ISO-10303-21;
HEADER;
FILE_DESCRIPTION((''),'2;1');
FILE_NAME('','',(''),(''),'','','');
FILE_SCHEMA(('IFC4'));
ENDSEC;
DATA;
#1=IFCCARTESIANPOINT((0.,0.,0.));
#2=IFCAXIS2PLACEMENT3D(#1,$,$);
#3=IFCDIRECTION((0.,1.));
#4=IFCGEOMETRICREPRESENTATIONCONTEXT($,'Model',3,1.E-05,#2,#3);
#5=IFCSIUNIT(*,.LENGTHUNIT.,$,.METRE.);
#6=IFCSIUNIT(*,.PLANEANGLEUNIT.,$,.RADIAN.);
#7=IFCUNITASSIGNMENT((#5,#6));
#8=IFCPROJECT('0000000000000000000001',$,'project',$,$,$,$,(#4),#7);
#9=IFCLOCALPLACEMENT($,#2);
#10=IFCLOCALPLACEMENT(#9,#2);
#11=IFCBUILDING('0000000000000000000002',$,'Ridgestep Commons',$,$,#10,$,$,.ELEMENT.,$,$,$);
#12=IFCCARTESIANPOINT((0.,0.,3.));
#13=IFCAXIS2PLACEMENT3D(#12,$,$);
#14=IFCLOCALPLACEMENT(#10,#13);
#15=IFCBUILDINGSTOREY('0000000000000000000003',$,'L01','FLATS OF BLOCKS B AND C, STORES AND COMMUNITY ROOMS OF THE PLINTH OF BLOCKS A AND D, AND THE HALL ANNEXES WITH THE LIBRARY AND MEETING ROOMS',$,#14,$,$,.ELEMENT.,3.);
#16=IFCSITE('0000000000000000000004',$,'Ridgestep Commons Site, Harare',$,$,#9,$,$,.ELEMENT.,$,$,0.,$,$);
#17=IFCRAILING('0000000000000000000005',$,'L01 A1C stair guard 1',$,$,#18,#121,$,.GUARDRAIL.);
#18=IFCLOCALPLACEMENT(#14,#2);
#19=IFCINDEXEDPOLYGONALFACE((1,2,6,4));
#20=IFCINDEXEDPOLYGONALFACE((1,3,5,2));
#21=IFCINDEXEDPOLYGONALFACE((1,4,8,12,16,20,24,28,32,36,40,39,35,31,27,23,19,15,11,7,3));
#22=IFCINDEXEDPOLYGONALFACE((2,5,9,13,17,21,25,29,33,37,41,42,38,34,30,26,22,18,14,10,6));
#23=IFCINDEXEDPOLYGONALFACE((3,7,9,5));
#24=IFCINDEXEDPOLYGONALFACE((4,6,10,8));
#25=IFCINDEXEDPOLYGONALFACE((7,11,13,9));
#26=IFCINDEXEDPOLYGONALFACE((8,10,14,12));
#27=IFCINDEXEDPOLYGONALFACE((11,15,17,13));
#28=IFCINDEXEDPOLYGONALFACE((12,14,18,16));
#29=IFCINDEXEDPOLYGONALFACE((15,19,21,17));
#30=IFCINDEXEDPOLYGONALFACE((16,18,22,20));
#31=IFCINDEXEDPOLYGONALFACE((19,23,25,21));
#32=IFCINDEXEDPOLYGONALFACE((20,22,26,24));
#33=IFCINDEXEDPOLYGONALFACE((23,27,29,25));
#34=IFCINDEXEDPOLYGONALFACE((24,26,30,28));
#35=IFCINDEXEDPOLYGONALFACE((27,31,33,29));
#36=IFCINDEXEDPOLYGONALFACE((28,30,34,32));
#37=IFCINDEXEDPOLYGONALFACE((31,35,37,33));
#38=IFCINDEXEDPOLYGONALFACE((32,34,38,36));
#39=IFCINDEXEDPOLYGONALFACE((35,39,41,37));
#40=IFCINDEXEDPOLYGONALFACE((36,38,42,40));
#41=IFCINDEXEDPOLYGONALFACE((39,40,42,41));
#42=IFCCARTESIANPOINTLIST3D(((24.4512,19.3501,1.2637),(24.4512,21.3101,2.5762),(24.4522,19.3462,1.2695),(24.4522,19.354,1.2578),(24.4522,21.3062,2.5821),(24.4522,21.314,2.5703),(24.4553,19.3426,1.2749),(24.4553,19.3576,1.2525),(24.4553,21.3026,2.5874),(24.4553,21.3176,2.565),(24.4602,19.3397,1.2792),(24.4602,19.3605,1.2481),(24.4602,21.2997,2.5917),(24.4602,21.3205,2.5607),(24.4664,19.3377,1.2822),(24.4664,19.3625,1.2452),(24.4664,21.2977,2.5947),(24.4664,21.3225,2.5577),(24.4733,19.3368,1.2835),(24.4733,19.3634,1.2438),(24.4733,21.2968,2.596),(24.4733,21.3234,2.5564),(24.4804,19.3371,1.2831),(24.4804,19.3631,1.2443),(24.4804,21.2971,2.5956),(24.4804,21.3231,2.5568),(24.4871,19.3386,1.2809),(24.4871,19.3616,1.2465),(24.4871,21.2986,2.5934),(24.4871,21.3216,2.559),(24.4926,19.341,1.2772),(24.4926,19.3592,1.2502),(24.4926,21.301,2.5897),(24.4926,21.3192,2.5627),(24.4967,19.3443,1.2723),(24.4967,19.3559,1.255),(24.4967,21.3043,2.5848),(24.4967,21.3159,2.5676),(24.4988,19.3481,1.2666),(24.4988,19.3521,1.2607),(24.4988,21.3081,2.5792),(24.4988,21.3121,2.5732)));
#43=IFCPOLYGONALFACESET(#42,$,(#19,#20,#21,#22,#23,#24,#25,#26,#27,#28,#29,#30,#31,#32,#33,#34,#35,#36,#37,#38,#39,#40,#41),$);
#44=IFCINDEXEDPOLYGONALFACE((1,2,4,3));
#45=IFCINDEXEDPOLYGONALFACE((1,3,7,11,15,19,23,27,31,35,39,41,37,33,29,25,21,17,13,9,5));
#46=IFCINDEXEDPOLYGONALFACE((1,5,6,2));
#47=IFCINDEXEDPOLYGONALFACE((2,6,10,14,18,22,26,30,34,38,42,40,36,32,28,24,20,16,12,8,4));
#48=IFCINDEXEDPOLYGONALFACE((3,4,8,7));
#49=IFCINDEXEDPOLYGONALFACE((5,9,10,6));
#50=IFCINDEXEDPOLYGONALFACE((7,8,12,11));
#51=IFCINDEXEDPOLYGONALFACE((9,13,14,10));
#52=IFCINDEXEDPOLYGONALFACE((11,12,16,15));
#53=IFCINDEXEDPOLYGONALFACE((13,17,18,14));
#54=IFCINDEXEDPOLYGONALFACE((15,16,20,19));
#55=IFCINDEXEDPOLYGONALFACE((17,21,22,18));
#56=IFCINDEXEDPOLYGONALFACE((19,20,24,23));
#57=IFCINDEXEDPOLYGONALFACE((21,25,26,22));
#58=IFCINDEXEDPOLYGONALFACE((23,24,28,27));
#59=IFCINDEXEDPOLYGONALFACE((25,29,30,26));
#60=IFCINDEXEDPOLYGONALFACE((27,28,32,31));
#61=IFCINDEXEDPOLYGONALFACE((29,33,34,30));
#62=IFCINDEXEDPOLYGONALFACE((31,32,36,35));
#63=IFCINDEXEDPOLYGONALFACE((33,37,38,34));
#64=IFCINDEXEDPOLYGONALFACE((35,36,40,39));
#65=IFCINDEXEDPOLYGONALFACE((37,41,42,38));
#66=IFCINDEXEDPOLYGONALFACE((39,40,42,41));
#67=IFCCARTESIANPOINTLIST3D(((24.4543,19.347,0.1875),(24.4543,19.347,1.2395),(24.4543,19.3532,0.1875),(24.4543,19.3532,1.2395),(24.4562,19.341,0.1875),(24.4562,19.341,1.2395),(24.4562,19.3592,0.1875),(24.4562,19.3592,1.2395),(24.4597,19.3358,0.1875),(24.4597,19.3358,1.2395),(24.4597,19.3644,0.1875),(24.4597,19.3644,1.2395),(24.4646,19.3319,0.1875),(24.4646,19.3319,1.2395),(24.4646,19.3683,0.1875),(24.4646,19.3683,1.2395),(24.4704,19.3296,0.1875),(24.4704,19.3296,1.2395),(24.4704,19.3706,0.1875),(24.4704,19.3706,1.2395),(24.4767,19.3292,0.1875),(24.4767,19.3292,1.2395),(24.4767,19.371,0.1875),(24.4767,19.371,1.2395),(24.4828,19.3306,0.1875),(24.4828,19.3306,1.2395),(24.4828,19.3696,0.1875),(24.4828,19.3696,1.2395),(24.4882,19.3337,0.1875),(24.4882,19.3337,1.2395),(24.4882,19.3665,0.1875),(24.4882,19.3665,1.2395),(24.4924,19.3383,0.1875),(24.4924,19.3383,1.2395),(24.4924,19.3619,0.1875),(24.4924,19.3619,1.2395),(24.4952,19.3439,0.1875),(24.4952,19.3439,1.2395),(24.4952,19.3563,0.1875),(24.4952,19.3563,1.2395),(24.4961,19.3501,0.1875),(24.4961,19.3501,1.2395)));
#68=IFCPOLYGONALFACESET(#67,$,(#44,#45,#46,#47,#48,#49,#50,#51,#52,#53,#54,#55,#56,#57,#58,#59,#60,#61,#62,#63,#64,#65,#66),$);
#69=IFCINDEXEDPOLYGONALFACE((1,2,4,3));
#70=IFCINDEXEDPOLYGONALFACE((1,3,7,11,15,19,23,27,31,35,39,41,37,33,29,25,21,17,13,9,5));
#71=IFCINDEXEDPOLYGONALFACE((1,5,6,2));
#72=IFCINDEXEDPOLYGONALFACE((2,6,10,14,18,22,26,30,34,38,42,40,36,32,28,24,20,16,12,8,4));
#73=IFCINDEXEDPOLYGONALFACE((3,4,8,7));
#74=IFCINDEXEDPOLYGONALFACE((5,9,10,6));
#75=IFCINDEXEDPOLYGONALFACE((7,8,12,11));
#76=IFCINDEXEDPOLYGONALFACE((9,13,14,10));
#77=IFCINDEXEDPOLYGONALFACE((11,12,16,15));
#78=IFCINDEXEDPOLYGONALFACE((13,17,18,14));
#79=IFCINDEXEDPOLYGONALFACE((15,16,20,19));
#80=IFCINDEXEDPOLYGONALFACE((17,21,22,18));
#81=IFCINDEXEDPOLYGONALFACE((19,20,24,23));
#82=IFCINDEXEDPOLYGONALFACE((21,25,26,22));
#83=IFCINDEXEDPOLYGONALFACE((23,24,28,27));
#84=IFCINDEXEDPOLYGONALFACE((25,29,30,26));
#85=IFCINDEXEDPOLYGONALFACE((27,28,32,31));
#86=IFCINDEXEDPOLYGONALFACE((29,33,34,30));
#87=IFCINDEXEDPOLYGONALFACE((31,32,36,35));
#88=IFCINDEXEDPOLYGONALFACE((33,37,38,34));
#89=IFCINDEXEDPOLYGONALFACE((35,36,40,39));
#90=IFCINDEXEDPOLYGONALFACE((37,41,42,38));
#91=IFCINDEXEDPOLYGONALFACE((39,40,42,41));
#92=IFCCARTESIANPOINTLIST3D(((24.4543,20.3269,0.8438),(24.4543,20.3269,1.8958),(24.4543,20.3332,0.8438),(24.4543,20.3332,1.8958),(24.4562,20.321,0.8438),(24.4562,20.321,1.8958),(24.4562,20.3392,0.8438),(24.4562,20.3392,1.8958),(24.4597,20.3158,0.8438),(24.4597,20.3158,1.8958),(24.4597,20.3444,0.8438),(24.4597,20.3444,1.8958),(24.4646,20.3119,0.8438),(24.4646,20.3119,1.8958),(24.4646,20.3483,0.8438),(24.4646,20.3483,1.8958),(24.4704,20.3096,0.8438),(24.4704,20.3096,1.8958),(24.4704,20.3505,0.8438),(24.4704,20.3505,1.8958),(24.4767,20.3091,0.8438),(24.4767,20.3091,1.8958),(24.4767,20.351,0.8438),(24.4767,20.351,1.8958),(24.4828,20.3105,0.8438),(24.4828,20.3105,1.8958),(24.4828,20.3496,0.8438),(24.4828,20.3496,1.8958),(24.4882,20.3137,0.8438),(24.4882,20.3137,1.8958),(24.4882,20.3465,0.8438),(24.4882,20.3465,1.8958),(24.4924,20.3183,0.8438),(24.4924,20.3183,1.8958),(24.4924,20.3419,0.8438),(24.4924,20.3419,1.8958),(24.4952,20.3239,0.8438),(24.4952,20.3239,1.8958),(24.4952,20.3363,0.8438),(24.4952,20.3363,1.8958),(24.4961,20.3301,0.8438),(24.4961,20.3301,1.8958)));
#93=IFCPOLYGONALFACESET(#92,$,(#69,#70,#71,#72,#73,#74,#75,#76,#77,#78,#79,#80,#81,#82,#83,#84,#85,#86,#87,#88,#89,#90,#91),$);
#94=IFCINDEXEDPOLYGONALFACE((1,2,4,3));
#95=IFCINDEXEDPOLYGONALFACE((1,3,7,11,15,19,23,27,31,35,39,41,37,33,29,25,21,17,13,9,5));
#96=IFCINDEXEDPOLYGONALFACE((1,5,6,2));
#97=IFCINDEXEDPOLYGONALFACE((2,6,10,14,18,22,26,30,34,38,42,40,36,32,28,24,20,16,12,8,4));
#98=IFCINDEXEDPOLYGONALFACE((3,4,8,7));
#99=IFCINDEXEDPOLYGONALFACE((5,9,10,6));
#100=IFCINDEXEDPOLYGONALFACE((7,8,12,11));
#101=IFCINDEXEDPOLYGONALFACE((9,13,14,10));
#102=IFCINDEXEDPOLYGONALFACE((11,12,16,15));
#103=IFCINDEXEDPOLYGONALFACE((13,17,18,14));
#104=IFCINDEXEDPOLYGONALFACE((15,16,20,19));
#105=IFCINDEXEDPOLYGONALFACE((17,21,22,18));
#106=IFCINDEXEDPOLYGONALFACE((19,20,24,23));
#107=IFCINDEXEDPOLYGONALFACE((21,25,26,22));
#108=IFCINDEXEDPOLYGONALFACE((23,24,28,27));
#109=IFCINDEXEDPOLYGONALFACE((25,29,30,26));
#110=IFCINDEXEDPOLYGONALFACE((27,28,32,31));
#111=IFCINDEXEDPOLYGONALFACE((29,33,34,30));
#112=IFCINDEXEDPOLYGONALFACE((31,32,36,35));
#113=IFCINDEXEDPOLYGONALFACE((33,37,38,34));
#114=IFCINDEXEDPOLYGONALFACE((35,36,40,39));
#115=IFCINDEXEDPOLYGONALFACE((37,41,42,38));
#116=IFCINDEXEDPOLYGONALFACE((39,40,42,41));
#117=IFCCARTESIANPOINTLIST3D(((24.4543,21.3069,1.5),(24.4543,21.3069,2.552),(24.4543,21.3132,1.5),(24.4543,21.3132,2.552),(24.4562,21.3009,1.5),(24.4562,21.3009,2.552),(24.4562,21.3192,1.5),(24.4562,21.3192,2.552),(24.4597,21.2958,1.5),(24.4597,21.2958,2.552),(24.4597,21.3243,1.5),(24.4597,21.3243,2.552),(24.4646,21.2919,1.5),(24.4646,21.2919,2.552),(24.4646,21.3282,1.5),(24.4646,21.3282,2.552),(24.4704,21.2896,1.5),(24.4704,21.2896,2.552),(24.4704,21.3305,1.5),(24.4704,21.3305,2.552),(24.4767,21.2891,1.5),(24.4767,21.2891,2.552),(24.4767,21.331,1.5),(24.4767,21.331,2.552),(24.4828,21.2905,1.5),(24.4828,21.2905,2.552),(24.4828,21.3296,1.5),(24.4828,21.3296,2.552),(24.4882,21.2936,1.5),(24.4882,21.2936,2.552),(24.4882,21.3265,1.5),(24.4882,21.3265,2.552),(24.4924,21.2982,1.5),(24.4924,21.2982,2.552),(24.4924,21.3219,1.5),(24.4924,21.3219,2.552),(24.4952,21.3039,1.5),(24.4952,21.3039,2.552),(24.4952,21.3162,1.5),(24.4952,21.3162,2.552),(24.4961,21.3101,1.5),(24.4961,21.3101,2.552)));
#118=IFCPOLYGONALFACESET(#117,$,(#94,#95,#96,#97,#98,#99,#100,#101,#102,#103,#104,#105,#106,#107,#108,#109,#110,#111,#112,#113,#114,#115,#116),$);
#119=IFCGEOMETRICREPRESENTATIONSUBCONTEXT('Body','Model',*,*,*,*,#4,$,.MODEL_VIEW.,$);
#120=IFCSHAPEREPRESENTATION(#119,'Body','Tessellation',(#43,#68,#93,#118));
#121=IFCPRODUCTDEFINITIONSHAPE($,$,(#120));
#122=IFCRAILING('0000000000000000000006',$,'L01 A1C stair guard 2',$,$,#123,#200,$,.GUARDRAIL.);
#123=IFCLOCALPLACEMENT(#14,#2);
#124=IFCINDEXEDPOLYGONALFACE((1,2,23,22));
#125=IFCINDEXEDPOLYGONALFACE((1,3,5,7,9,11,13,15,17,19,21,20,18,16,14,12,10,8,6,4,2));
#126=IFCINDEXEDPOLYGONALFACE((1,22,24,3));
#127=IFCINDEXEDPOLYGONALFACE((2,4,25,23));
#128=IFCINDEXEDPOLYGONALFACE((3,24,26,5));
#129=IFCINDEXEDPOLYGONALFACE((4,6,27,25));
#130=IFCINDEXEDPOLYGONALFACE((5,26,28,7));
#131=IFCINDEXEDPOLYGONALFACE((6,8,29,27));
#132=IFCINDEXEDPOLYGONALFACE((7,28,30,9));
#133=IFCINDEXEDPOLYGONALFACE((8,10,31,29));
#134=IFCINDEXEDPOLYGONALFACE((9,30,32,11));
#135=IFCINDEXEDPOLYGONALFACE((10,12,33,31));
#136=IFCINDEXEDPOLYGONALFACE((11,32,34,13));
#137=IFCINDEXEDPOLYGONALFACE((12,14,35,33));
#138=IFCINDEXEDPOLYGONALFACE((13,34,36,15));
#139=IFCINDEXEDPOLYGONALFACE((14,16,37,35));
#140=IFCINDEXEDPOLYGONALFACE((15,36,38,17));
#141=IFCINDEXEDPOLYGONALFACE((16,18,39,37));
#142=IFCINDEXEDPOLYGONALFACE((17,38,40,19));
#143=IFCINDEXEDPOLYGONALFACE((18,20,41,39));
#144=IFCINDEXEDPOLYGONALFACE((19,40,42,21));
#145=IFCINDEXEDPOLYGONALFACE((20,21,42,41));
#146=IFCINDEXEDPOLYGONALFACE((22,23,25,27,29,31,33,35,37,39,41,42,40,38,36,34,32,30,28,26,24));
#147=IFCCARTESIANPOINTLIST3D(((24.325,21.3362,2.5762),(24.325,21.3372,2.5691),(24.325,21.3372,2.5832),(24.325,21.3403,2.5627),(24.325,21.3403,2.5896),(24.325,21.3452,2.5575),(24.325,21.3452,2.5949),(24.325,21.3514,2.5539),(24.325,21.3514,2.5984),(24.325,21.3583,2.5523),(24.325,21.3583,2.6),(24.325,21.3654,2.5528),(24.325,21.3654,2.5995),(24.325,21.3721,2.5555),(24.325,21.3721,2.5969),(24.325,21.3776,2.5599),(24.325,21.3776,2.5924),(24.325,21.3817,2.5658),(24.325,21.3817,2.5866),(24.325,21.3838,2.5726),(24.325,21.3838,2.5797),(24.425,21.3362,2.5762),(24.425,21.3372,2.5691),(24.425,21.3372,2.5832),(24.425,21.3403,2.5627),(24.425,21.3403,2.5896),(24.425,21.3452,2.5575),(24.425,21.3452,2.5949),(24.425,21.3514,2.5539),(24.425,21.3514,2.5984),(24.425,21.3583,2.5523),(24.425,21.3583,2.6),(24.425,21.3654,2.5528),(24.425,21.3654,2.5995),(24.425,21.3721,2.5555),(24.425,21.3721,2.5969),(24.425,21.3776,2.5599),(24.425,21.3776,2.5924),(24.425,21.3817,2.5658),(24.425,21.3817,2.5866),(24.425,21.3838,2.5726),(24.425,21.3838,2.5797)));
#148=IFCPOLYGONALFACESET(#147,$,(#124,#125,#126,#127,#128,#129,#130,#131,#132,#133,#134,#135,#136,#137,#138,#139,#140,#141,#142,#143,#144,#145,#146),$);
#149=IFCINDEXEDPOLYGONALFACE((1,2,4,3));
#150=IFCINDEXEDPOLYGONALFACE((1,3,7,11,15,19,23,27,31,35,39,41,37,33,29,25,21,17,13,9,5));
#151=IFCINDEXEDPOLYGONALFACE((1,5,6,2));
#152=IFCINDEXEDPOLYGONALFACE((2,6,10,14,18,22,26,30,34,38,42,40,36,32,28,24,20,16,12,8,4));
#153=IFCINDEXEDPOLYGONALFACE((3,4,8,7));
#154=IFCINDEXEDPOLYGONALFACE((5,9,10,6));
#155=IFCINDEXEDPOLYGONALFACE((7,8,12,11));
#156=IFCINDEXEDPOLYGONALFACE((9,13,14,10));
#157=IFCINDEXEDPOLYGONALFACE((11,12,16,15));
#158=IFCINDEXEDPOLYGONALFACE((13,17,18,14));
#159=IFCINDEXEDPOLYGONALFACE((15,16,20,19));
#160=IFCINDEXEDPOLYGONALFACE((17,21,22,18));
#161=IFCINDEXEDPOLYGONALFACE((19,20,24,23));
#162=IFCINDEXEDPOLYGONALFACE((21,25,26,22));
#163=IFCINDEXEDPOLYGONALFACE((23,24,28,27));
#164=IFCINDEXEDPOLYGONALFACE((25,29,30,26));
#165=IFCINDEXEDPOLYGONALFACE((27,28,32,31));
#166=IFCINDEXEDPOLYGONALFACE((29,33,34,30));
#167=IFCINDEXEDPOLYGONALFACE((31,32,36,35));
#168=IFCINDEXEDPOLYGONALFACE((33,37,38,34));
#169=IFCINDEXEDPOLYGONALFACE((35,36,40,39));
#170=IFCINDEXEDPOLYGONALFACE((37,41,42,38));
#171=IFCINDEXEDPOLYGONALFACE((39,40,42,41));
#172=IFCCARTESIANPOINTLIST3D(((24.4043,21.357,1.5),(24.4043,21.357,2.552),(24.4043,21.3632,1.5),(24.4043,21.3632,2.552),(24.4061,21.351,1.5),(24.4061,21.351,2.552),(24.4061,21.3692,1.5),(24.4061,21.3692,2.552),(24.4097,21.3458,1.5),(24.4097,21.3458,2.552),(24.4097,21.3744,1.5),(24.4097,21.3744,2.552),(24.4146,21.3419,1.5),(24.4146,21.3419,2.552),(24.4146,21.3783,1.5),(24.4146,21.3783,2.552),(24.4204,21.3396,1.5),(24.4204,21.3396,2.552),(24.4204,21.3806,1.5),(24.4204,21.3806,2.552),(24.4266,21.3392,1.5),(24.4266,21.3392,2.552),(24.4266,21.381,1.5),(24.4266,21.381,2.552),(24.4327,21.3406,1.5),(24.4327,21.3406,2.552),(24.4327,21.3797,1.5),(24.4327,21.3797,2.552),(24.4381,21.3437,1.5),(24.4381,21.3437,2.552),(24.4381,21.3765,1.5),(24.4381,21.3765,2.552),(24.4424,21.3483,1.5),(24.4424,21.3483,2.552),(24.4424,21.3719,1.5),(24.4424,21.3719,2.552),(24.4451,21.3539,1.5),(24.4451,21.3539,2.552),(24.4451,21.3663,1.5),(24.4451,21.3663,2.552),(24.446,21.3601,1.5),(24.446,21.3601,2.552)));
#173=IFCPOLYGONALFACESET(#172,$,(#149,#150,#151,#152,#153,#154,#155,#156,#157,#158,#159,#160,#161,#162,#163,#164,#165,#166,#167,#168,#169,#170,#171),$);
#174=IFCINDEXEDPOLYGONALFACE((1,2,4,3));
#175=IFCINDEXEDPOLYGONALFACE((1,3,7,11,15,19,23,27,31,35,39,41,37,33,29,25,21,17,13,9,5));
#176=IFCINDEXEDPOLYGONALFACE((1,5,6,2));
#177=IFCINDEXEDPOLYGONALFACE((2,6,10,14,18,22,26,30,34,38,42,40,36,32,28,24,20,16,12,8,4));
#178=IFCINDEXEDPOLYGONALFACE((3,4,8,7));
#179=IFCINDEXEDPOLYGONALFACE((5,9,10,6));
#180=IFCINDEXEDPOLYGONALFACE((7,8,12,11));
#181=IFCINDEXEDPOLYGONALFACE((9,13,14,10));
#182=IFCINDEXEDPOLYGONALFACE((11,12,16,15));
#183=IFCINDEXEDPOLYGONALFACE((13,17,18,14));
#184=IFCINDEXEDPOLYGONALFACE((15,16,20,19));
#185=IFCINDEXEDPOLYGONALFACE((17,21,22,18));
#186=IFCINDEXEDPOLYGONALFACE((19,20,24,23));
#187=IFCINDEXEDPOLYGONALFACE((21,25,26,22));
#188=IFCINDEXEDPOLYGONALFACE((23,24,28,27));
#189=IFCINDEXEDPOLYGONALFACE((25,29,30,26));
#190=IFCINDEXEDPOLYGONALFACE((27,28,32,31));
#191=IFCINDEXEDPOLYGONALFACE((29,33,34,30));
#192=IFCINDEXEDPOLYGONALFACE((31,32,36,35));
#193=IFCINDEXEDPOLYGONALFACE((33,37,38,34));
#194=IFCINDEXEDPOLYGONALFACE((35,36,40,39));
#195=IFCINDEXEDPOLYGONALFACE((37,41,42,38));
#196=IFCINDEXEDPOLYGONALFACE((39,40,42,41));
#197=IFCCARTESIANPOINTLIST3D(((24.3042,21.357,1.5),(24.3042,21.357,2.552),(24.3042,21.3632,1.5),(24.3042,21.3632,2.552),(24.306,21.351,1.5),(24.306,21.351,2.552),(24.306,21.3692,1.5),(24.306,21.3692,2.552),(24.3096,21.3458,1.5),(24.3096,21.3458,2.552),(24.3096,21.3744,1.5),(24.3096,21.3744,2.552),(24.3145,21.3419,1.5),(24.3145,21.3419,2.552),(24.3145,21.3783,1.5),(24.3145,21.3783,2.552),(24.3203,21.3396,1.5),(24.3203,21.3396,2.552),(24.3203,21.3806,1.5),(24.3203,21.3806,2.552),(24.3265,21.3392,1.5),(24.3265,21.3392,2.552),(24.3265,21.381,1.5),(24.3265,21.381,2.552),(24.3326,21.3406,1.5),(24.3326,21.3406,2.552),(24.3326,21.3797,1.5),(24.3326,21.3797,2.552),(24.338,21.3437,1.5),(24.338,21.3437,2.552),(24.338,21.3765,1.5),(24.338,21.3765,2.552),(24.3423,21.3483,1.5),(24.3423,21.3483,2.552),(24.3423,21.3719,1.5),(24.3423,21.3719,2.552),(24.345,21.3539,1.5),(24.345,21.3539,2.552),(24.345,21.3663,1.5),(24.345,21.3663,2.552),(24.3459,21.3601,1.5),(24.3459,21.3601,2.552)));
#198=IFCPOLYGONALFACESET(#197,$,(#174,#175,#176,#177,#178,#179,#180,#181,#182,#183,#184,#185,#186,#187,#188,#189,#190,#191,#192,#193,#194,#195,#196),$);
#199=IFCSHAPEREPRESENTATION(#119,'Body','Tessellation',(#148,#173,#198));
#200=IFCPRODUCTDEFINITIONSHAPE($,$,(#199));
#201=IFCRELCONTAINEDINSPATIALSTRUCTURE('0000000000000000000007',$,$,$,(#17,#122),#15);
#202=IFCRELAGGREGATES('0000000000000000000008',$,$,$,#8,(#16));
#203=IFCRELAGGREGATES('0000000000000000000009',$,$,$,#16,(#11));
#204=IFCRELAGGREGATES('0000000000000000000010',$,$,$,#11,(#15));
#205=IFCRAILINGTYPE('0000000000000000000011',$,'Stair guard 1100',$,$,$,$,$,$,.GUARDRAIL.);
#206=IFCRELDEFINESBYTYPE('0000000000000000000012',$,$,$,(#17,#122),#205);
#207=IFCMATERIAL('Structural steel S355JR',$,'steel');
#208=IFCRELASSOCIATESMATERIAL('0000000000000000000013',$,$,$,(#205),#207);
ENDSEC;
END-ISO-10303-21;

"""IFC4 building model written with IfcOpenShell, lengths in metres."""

from ifc_helpers import new_model, si_unit, direction, frame, origin, origin_2d, place, context, subcontext, project, spatial, circle, extrude, material, type_object, element, save


model = new_model("IFC4")

# Units and contexts
model_context = context("Model", 3, precision=1e-05, world=origin(), true_north=direction((0.0, 1.0)))
body_context = subcontext(model_context, "Body", "Model", "MODEL_VIEW")
ifc_project = project(units=[si_unit("LENGTHUNIT", "METRE"), si_unit("PLANEANGLEUNIT", "RADIAN")], contexts=[model_context])

# Site, building, storey
site_placement = place(None, origin())
site = spatial("IfcSite", under=ifc_project, at=site_placement, Name="Ridgestep Commons Site, Harare", CompositionType="ELEMENT", RefElevation=0.0)
building_placement = place(site_placement, origin())
building = spatial("IfcBuilding", under=site, at=building_placement, Name="Ridgestep Commons", CompositionType="ELEMENT")
storey_placement = place(building_placement, frame((0.0, 0.0, 3.0)))
storey = spatial("IfcBuildingStorey", under=building, at=storey_placement, Name="L01", Description="FLATS OF BLOCKS B AND C, STORES AND COMMUNITY ROOMS OF THE PLINTH OF BLOCKS A AND D, AND THE HALL ANNEXES WITH THE LIBRARY AND MEETING ROOMS", CompositionType="ELEMENT", Elevation=3.0)

# Railings
ifc_material_1 = material(Name="Structural steel S355JR", Category="steel")
railing_type_1 = type_object("IfcRailingType", Name="Stair guard 1100", PredefinedType="GUARDRAIL", material=ifc_material_1)
railing_1_placement = place(storey_placement, frame((24.4751, 19.3501, 0.1875)))
element("IfcRailing", 1, at=railing_1_placement, inside=storey, type_object=railing_type_1, Name="L01 A1C stair guard 1", PredefinedType="GUARDRAIL", context=body_context, shape_type="SweptSolid", body=[
    extrude(circle(Radius=0.0239, at=origin_2d()), frame((0.0, 0.0, 1.0762), z_axis=(0.0, 0.830902, 0.556419), x_axis=(-1.0, 0.0, 0.0)), (0.0, 0.0, 1.0), 2.3589),
    extrude(circle(Radius=0.021, at=origin_2d()), origin(), (0.0, 0.0, 1.0), 1.052),
    extrude(circle(Radius=0.021, at=origin_2d()), frame((0.0, 0.98, 0.6562)), (0.0, 0.0, 1.0), 1.052),
    extrude(circle(Radius=0.021, at=origin_2d()), frame((0.0, 1.96, 1.3125)), (0.0, 0.0, 1.0), 1.052),
])
railing_2_placement = place(storey_placement, frame((24.425, 21.3601, 1.5)))
element("IfcRailing", 2, at=railing_2_placement, inside=storey, type_object=railing_type_1, Name="L01 A1C stair guard 2", PredefinedType="GUARDRAIL", context=body_context, shape_type="SweptSolid", body=[
    extrude(circle(Radius=0.0239, at=origin_2d()), frame((0.0, 0.0, 1.0762), z_axis=(-1.0, 0.0, 0.0), x_axis=(0.0, -1.0, 0.0)), (0.0, 0.0, 1.0), 0.1001),
    extrude(circle(Radius=0.021, at=origin_2d()), origin(), (0.0, 0.0, 1.0), 1.052),
    extrude(circle(Radius=0.021, at=origin_2d()), frame((-0.1001, 0.0, 0.0)), (0.0, 0.0, 1.0), 1.052),
])

save(model, "model.ifc")
